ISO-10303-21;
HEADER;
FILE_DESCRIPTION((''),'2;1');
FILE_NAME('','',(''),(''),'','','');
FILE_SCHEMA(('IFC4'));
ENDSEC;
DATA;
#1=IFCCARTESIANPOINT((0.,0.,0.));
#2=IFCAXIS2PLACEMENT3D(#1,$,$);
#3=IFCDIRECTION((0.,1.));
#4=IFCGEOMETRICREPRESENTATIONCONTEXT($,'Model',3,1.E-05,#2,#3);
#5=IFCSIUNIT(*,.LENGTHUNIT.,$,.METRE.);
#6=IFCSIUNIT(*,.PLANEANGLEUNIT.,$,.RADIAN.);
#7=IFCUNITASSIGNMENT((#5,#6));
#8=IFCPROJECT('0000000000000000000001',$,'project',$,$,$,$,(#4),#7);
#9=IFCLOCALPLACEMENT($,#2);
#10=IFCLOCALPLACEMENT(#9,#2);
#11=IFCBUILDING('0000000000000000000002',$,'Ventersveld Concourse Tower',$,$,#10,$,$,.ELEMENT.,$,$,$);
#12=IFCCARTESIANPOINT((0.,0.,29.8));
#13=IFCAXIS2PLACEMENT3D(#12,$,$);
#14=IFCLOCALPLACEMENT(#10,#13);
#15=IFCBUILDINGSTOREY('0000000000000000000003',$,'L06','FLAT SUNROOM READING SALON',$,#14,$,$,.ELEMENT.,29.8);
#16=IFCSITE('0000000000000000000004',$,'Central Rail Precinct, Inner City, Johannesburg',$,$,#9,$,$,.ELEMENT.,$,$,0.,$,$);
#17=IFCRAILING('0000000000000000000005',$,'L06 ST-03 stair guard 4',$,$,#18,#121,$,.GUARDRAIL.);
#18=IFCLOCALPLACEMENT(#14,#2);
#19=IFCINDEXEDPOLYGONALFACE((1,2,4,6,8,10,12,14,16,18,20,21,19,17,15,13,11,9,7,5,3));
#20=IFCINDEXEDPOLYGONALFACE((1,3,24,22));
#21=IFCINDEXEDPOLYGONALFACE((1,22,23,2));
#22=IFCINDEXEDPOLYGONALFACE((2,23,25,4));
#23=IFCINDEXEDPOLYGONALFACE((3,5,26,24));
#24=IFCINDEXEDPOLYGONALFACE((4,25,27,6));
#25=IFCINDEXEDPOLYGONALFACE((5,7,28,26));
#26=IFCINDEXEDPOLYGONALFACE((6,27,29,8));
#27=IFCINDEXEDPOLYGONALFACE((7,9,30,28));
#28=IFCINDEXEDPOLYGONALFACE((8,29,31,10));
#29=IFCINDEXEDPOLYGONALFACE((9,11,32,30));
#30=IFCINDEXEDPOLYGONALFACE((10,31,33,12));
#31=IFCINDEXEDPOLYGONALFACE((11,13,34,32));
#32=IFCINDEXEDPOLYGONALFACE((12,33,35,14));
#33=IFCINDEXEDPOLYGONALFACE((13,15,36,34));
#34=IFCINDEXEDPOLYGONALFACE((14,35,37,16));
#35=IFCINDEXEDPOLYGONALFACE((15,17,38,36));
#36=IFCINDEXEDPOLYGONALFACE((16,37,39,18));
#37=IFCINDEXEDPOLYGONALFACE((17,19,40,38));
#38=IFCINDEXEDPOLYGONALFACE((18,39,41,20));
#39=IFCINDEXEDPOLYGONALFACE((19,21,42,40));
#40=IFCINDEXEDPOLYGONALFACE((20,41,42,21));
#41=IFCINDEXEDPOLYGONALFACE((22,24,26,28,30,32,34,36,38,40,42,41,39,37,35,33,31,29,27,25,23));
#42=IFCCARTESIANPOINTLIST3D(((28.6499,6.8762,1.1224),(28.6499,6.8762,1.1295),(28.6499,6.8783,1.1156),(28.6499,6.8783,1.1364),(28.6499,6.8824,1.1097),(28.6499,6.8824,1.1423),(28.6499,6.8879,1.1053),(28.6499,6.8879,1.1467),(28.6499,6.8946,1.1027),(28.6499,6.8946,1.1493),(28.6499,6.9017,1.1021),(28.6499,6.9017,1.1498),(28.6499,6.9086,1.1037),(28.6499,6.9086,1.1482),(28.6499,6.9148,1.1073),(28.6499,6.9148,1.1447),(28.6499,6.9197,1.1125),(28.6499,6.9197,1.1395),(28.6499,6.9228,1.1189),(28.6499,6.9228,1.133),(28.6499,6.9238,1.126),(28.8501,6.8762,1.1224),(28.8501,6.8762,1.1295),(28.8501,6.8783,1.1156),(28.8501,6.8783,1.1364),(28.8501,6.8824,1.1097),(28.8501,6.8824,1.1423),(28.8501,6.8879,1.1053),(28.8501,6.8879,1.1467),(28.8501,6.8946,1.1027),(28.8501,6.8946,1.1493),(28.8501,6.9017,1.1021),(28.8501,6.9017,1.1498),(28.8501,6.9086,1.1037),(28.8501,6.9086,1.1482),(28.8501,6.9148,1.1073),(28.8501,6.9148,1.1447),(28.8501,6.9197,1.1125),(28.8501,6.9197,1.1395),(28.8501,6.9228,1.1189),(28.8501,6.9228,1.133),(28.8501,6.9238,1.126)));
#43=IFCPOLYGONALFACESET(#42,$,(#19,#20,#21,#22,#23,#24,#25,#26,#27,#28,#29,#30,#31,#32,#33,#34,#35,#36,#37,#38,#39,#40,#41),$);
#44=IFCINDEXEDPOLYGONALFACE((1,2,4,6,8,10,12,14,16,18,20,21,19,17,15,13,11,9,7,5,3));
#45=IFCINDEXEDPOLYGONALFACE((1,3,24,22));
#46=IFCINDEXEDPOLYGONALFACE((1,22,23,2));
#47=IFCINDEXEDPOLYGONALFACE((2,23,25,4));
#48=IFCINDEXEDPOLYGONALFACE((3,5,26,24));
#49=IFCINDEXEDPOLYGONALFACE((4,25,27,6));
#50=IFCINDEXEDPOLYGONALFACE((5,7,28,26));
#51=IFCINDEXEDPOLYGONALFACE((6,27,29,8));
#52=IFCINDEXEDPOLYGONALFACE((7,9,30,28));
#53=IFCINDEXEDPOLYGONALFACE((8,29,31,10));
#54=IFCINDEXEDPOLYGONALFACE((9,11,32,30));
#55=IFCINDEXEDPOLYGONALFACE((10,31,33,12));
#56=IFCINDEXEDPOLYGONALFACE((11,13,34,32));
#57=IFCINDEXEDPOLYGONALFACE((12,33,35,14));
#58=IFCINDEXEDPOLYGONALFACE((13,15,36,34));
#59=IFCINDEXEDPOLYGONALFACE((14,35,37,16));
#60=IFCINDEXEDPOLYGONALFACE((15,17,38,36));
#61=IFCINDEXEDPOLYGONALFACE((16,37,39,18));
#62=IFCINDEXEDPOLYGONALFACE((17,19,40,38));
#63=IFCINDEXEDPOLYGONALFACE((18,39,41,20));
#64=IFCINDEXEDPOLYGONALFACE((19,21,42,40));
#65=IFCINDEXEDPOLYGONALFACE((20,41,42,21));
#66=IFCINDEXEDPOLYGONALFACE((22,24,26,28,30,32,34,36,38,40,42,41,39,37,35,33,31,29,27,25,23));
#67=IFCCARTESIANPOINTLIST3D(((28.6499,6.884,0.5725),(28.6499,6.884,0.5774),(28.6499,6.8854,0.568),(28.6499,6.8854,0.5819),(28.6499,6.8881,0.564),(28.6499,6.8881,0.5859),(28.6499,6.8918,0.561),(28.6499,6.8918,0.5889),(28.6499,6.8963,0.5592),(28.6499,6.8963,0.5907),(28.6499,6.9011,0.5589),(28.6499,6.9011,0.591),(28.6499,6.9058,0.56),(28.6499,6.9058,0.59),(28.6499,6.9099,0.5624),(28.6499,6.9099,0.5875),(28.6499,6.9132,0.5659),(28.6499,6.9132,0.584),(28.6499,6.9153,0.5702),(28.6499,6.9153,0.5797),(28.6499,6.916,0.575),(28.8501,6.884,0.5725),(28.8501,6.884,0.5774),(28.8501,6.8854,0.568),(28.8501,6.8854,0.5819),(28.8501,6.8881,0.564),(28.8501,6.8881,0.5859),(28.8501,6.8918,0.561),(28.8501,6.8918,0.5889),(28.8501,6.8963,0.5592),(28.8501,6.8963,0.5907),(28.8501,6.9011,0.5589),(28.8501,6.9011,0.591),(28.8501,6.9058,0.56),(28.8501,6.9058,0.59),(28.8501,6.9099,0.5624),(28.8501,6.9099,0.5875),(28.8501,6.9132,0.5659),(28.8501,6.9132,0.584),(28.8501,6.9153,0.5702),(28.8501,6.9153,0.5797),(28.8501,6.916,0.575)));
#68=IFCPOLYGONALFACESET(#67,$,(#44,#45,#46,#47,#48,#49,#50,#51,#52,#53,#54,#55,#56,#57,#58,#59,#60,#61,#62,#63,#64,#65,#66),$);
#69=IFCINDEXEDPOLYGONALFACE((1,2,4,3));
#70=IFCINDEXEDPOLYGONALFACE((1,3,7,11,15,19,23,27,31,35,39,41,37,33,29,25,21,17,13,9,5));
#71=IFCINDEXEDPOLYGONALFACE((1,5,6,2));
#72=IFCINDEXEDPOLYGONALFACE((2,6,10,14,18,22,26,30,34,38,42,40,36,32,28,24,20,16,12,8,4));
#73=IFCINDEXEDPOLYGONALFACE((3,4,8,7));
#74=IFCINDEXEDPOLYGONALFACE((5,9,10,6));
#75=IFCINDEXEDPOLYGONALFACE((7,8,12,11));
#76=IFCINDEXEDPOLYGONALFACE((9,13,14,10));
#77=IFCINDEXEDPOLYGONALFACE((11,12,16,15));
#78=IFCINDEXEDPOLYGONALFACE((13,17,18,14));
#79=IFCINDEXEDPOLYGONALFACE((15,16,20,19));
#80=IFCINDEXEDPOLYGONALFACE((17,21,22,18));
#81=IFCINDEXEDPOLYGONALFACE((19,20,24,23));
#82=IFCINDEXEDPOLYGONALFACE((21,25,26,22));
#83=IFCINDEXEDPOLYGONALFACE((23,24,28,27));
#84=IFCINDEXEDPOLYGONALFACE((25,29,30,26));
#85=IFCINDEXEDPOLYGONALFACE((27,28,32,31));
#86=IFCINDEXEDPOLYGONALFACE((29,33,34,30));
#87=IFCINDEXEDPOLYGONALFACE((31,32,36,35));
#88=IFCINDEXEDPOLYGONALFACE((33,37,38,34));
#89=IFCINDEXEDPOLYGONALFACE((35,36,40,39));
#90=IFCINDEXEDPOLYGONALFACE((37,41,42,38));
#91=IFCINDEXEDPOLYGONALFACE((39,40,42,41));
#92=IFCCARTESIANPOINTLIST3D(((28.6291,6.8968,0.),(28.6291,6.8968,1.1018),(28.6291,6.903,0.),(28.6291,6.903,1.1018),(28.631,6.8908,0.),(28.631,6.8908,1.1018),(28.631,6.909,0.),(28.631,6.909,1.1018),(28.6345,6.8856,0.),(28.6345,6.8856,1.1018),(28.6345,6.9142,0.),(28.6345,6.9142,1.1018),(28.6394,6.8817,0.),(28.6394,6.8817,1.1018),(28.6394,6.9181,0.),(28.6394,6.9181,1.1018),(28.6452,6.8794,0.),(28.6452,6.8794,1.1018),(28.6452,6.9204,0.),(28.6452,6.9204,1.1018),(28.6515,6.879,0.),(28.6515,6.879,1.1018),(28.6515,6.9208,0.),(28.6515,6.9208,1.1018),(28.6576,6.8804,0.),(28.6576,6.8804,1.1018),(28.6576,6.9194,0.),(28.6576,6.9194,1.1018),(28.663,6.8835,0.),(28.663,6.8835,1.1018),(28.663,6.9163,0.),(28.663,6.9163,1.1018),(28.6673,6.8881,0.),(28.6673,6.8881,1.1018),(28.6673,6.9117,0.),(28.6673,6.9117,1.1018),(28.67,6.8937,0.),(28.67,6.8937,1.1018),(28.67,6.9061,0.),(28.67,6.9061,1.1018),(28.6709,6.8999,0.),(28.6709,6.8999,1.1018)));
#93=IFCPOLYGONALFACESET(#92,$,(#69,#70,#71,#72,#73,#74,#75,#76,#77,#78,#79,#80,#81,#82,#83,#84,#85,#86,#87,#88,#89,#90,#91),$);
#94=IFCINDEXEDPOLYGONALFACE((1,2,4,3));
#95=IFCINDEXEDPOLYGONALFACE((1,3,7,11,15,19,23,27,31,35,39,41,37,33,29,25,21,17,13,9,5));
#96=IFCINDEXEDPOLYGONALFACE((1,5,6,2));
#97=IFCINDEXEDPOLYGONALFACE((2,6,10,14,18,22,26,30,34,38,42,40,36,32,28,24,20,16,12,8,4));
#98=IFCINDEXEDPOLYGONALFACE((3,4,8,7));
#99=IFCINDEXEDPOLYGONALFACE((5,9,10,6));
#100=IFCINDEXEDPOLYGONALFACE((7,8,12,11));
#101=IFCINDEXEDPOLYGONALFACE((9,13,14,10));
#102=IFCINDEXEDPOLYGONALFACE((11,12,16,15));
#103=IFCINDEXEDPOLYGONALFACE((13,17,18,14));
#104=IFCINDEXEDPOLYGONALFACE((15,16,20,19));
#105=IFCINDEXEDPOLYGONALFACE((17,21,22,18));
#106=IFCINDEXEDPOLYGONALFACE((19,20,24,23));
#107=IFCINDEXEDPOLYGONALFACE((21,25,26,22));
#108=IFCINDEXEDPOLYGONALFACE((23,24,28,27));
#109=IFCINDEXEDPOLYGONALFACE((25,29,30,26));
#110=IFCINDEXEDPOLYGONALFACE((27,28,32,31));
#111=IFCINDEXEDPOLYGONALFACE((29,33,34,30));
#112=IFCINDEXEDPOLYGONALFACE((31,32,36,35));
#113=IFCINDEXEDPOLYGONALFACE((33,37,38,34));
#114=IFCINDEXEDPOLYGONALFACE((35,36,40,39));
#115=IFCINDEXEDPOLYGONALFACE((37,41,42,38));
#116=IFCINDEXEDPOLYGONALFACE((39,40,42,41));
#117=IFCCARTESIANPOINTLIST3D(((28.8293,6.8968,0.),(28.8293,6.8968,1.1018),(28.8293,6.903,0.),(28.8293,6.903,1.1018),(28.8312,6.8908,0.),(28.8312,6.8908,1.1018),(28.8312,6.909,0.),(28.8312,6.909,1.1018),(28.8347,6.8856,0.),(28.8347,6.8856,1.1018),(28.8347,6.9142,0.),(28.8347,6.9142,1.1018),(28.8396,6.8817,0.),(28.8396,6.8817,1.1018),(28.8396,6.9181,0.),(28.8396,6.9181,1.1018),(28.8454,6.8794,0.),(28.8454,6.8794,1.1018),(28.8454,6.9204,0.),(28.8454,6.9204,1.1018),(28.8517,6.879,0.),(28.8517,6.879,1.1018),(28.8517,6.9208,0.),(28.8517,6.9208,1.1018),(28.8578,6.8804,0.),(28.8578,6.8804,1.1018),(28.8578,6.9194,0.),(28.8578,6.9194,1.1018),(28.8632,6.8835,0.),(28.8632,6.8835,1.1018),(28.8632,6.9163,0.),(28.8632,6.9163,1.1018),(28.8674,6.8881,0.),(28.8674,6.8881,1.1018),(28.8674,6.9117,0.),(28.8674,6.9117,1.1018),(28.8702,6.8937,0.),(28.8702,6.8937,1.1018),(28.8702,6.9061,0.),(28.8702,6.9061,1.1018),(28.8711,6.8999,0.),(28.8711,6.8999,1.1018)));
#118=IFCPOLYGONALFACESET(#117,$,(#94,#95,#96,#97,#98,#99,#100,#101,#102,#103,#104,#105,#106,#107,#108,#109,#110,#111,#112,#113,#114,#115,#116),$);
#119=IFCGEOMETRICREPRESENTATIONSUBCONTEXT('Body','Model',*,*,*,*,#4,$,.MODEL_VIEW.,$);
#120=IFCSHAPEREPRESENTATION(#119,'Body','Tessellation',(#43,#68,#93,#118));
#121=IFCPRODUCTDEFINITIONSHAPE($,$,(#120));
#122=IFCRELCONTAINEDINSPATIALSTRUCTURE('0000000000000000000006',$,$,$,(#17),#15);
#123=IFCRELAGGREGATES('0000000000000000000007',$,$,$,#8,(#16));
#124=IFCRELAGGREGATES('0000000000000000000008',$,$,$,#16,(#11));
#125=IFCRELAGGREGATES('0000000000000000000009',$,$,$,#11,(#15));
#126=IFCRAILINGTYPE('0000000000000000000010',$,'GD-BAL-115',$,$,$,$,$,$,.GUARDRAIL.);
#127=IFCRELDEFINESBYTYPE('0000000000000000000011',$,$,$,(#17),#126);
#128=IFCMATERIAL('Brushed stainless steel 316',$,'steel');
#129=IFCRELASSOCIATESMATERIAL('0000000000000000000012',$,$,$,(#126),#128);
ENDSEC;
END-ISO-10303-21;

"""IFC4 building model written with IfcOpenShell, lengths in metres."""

from ifc_helpers import new_model, si_unit, direction, frame, origin, origin_2d, place, context, subcontext, project, spatial, circle, extrude, material, type_object, element, save


model = new_model("IFC4")

# Units and contexts
model_context = context("Model", 3, precision=1e-05, world=origin(), true_north=direction((0.0, 1.0)))
body_context = subcontext(model_context, "Body", "Model", "MODEL_VIEW")
ifc_project = project(units=[si_unit("LENGTHUNIT", "METRE"), si_unit("PLANEANGLEUNIT", "RADIAN")], contexts=[model_context])

# Site, building, storey
site_placement = place(None, origin())
site = spatial("IfcSite", under=ifc_project, at=site_placement, Name="Central Rail Precinct, Inner City, Johannesburg", CompositionType="ELEMENT", RefElevation=0.0)
building_placement = place(site_placement, origin())
building = spatial("IfcBuilding", under=site, at=building_placement, Name="Ventersveld Concourse Tower", CompositionType="ELEMENT")
storey_placement = place(building_placement, frame((0.0, 0.0, 29.8)))
storey = spatial("IfcBuildingStorey", under=building, at=storey_placement, Name="L06", Description="FLAT SUNROOM READING SALON", CompositionType="ELEMENT", Elevation=29.8)

# Shared definitions
ifc_material_1 = material(Name="Brushed stainless steel 316", Category="steel")

# Railing
railing_type_1 = type_object("IfcRailingType", Name="GD-BAL-115", PredefinedType="GUARDRAIL", material=ifc_material_1)
railing_1_placement = place(storey_placement, frame((28.6499, 6.8999, 0.0)))
element("IfcRailing", 1, at=railing_1_placement, inside=storey, type_object=railing_type_1, Name="L06 ST-03 stair guard 4", PredefinedType="GUARDRAIL", context=body_context, shape_type="SweptSolid", body=[
    extrude(circle(Radius=0.0239, at=origin_2d()), frame((0.0, 0.0, 1.126), z_axis=(1.0, 0.0, 0.0), x_axis=(0.0, 1.0, 0.0)), (0.0, 0.0, 1.0), 0.2002),
    extrude(circle(Radius=0.0161, at=origin_2d()), frame((0.0, 0.0, 0.575), z_axis=(1.0, 0.0, 0.0), x_axis=(0.0, 1.0, 0.0)), (0.0, 0.0, 1.0), 0.2002),
    extrude(circle(Radius=0.021, at=origin_2d()), origin(), (0.0, 0.0, 1.0), 1.1018),
    extrude(circle(Radius=0.021, at=origin_2d()), frame((0.2002, 0.0, 0.0)), (0.0, 0.0, 1.0), 1.1018),
])

save(model, "model.ifc")
